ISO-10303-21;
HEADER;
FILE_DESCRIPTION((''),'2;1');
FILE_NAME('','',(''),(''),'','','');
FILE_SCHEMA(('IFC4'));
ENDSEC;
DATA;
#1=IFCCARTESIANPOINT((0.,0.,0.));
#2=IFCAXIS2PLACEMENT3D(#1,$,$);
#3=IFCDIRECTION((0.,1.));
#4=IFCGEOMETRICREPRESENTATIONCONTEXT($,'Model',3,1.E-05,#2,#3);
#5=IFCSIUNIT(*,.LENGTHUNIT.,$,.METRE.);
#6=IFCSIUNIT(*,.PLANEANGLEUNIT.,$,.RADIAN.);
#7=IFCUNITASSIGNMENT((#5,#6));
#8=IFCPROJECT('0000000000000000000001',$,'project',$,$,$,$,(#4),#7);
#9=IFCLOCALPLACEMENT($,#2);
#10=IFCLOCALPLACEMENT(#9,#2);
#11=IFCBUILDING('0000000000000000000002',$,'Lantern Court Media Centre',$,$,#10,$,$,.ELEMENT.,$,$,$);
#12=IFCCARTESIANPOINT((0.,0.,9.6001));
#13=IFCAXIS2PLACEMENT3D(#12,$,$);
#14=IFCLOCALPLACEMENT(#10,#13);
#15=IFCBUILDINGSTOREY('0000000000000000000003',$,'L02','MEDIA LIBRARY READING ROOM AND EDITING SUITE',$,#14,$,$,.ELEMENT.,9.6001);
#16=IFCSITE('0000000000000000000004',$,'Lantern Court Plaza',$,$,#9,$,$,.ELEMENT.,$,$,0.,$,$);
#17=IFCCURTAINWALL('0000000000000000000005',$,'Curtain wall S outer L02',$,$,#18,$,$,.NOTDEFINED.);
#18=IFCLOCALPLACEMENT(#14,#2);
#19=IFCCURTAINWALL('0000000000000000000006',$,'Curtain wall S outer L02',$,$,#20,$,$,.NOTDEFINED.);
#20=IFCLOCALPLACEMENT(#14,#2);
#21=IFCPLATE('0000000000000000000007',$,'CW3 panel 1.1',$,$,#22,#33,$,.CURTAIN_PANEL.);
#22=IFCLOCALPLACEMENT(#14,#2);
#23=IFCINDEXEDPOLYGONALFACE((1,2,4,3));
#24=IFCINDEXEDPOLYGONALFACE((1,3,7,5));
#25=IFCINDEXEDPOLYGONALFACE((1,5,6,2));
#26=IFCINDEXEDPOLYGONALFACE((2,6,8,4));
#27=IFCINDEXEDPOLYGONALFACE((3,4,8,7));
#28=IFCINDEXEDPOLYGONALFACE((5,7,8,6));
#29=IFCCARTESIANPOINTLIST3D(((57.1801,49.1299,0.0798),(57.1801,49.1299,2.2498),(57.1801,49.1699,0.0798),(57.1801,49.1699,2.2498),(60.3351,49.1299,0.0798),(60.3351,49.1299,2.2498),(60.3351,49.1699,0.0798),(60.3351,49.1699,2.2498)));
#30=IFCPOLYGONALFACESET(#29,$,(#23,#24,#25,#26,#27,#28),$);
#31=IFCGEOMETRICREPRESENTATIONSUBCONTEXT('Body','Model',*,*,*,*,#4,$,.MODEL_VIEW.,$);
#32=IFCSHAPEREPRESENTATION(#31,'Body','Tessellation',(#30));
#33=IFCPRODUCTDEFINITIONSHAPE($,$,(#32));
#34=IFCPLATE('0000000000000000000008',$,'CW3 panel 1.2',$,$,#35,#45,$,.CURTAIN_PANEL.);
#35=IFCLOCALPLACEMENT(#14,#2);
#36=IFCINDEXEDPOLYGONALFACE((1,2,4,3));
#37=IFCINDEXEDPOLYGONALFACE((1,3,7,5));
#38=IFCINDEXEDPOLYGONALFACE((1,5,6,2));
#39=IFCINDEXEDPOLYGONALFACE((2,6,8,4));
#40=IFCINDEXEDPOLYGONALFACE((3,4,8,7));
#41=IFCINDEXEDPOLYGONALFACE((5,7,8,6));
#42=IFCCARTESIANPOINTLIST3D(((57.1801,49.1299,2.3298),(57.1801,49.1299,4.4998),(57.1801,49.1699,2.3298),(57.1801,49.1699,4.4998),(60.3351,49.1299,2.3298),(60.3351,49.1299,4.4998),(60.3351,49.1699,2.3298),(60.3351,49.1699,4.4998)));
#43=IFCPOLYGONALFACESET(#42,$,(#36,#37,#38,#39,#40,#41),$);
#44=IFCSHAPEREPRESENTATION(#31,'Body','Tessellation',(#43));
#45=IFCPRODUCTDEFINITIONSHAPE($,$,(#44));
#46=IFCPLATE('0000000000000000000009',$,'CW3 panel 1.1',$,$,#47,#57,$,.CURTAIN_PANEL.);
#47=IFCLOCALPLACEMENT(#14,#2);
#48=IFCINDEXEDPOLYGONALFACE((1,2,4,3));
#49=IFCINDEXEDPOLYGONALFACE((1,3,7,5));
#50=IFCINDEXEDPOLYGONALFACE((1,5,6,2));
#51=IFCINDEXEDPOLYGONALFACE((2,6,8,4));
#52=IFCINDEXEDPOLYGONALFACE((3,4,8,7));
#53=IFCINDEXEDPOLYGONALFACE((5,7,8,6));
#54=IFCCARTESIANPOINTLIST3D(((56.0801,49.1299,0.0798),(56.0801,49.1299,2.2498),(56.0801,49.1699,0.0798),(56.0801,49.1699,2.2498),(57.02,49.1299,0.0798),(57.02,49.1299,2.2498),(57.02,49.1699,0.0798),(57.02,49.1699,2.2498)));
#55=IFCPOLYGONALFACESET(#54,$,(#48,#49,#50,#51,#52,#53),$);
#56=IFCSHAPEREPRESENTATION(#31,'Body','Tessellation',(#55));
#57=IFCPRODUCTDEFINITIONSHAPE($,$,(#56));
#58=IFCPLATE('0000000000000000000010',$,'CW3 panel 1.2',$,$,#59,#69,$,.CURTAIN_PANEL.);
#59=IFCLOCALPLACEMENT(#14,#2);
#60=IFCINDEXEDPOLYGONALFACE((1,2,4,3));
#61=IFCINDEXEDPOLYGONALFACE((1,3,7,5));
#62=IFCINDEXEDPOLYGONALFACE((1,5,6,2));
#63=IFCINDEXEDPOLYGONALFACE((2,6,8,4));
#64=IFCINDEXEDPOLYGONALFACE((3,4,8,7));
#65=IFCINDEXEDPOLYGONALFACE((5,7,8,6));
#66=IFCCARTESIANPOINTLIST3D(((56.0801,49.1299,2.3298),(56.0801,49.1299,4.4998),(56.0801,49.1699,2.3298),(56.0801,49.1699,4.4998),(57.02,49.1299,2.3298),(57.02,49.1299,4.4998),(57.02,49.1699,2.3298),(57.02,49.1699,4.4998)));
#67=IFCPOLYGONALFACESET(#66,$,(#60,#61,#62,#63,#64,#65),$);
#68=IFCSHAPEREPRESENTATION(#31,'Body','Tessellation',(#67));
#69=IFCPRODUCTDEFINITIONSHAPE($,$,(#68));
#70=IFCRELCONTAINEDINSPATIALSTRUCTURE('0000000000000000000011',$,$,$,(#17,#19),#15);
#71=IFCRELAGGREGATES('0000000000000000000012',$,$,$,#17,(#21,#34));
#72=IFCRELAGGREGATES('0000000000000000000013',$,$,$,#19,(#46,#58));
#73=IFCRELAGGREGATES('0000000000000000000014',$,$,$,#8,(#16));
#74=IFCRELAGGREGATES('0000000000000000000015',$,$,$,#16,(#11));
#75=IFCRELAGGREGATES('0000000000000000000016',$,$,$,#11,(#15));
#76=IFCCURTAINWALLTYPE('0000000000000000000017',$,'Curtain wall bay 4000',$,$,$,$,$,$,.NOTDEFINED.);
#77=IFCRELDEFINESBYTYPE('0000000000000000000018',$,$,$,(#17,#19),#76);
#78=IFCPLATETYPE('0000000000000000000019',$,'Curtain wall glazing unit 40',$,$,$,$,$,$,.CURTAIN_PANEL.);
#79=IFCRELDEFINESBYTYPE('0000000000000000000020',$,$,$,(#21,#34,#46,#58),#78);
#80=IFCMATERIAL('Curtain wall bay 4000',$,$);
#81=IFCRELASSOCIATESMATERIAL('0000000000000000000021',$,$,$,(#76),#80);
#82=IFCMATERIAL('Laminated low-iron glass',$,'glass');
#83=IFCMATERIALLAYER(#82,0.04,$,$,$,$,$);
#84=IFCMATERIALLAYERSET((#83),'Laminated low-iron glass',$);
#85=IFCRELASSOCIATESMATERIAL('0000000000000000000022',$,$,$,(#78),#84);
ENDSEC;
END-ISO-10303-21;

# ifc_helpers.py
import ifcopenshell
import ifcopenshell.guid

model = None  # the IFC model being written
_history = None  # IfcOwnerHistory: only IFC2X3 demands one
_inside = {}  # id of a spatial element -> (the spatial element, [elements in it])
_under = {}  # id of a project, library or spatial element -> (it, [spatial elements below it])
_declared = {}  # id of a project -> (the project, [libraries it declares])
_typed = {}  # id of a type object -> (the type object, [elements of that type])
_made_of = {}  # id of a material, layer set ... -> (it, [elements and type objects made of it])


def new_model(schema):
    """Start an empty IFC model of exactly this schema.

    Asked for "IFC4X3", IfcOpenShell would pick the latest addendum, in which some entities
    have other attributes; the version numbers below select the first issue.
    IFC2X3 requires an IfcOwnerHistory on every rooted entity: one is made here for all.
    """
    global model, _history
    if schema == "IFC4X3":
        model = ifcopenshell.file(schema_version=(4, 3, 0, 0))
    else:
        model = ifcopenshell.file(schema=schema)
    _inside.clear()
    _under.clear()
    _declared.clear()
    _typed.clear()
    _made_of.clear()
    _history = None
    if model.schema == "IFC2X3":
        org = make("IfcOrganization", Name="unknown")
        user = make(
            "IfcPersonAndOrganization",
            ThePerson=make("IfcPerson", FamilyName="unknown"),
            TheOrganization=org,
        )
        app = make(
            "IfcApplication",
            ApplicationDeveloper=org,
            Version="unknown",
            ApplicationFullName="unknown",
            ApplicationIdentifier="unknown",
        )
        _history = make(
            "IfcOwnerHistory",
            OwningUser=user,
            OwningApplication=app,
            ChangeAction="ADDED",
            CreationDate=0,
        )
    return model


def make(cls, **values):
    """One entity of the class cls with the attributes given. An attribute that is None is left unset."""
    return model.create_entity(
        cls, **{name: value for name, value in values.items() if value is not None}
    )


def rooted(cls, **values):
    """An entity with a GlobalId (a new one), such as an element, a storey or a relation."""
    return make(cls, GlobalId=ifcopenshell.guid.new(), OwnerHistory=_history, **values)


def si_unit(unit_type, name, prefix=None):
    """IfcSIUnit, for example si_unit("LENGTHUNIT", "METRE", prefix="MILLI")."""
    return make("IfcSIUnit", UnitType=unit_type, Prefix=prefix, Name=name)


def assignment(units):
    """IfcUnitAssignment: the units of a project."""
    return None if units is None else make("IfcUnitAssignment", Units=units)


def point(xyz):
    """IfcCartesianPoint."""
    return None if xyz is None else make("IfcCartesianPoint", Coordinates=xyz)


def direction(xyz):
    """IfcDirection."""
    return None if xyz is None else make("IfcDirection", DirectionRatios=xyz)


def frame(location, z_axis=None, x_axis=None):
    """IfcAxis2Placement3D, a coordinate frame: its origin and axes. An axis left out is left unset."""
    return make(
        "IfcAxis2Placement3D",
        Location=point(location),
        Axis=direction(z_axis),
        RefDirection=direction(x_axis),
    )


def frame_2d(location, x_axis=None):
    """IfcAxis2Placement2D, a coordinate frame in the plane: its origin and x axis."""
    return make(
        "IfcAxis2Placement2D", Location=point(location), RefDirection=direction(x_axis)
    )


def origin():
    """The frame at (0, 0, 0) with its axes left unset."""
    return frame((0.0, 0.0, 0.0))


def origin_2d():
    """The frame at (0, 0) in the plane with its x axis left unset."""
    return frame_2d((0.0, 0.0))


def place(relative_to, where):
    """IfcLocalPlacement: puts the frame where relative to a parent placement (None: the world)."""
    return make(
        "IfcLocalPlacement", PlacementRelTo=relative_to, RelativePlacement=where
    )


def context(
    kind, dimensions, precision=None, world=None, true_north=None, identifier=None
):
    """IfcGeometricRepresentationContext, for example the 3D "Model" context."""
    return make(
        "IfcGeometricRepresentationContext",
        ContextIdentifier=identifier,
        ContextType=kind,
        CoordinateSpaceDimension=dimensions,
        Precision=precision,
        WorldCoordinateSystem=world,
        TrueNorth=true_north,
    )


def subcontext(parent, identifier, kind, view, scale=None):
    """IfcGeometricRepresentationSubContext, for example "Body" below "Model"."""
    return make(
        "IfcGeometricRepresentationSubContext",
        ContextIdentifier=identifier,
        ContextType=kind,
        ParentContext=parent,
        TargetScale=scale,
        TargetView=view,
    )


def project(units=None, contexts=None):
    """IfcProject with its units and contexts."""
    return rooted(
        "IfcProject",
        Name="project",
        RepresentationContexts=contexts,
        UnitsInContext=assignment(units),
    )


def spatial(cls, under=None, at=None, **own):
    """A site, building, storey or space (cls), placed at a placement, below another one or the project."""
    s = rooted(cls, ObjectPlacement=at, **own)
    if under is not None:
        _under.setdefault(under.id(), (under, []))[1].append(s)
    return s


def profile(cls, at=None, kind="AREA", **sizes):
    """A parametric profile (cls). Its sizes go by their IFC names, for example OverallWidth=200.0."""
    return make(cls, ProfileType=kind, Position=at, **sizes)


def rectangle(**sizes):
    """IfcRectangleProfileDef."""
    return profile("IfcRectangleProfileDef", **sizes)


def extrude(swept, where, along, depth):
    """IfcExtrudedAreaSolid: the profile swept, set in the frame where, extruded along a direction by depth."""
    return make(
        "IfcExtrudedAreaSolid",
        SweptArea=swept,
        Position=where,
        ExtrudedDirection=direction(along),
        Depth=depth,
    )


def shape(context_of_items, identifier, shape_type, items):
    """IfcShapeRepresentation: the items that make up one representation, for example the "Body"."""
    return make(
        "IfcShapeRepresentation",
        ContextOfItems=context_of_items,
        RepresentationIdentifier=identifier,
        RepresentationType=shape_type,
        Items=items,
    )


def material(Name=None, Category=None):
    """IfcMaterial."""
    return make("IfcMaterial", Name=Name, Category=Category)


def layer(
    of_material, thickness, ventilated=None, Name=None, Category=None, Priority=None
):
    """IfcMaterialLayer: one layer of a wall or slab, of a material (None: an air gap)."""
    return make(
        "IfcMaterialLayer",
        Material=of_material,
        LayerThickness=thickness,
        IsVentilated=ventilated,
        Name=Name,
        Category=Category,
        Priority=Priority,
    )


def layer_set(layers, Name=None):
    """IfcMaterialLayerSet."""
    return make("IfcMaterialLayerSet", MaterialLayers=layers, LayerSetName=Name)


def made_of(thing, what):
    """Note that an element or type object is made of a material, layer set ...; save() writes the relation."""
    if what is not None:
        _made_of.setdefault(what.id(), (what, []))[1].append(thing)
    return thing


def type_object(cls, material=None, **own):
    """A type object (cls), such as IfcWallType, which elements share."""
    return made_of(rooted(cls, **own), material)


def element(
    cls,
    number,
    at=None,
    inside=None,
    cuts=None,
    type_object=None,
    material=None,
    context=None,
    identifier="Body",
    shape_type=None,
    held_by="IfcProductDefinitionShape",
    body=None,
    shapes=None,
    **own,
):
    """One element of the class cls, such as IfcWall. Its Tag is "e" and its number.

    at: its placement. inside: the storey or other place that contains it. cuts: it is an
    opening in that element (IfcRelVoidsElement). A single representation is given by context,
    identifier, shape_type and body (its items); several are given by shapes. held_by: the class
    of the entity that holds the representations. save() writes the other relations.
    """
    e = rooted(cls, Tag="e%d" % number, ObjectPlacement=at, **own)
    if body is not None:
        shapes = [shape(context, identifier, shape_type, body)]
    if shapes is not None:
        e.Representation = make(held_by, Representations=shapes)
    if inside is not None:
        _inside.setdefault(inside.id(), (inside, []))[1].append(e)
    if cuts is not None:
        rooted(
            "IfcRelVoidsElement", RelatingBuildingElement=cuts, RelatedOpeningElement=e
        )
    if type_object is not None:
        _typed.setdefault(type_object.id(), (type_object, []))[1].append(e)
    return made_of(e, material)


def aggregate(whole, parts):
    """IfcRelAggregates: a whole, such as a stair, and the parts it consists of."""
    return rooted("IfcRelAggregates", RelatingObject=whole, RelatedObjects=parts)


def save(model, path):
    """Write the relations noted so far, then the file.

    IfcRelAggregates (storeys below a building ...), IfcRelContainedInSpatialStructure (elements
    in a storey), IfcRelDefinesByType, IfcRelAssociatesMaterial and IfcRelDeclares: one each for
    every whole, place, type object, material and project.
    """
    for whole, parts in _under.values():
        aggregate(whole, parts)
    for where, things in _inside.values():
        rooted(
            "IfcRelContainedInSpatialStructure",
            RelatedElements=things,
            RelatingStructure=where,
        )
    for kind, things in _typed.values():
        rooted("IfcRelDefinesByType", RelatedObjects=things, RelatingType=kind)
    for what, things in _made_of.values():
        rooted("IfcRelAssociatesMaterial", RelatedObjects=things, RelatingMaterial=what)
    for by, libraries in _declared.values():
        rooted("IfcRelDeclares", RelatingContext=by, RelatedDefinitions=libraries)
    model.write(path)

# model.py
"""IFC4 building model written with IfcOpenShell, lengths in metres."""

from ifc_helpers import new_model, si_unit, direction, frame, origin, origin_2d, place, context, subcontext, project, spatial, rectangle, extrude, material, layer, layer_set, type_object, element, aggregate, save


model = new_model("IFC4")

# Units and contexts
model_context = context("Model", 3, precision=1e-05, world=origin(), true_north=direction((0.0, 1.0)))
body_context = subcontext(model_context, "Body", "Model", "MODEL_VIEW")
ifc_project = project(units=[si_unit("LENGTHUNIT", "METRE"), si_unit("PLANEANGLEUNIT", "RADIAN")], contexts=[model_context])

# Site, building, storey
site_placement = place(None, origin())
site = spatial("IfcSite", under=ifc_project, at=site_placement, Name="Lantern Court Plaza", CompositionType="ELEMENT", RefElevation=0.0)
building_placement = place(site_placement, origin())
building = spatial("IfcBuilding", under=site, at=building_placement, Name="Lantern Court Media Centre", CompositionType="ELEMENT")
storey_placement = place(building_placement, frame((0.0, 0.0, 9.6001)))
storey = spatial("IfcBuildingStorey", under=building, at=storey_placement, Name="L02", Description="MEDIA LIBRARY READING ROOM AND EDITING SUITE", CompositionType="ELEMENT", Elevation=9.6001)

# Curtain wall
ifc_material_1 = material(Name="Curtain wall bay 4000")
curtain_wall_type = type_object("IfcCurtainWallType", Name="Curtain wall bay 4000", PredefinedType="NOTDEFINED", material=ifc_material_1)
curtain_wall_1_placement = place(storey_placement, origin())
curtain_wall_1 = element("IfcCurtainWall", 1, at=curtain_wall_1_placement, inside=storey, type_object=curtain_wall_type, Name="Curtain wall S outer L02", PredefinedType="NOTDEFINED")

# Curtain wall
curtain_wall_2_placement = place(storey_placement, origin())
curtain_wall_2 = element("IfcCurtainWall", 2, at=curtain_wall_2_placement, inside=storey, type_object=curtain_wall_type, Name="Curtain wall S outer L02", PredefinedType="NOTDEFINED")

# Plates
ifc_material_2 = material(Name="Laminated low-iron glass", Category="glass")
ifc_layer = layer(ifc_material_2, 0.04)
ifc_layer_set = layer_set([ifc_layer], Name="Laminated low-iron glass")
plate_type = type_object("IfcPlateType", Name="Curtain wall glazing unit 40", PredefinedType="CURTAIN_PANEL", material=ifc_layer_set)
plate_1_placement = place(storey_placement, frame((58.7576, 49.1499, 0.0798), z_axis=(0.0, 0.0, 1.0), x_axis=(1.0, 0.0, 0.0)))
plate_1 = element("IfcPlate", 3, at=plate_1_placement, type_object=plate_type, Name="CW3 panel 1.1", PredefinedType="CURTAIN_PANEL", context=body_context, shape_type="SweptSolid", body=[
    extrude(rectangle(XDim=3.155, YDim=0.04, at=origin_2d()), origin(), (0.0, 0.0, 1.0), 2.1699),
])
plate_2_placement = place(storey_placement, frame((58.7576, 49.1499, 2.3298), z_axis=(0.0, 0.0, 1.0), x_axis=(1.0, 0.0, 0.0)))
plate_2 = element("IfcPlate", 4, at=plate_2_placement, type_object=plate_type, Name="CW3 panel 1.2", PredefinedType="CURTAIN_PANEL", context=body_context, shape_type="SweptSolid", body=[
    extrude(rectangle(XDim=3.155, YDim=0.04, at=origin_2d()), origin(), (0.0, 0.0, 1.0), 2.1699),
])
aggregate(curtain_wall_1, [plate_1, plate_2])
plate_3_placement = place(storey_placement, frame((56.55, 49.1499, 0.0798), z_axis=(0.0, 0.0, 1.0), x_axis=(1.0, 0.0, 0.0)))
plate_3 = element("IfcPlate", 5, at=plate_3_placement, type_object=plate_type, Name="CW3 panel 1.1", PredefinedType="CURTAIN_PANEL", context=body_context, shape_type="SweptSolid", body=[
    extrude(rectangle(XDim=0.9399, YDim=0.04, at=origin_2d()), origin(), (0.0, 0.0, 1.0), 2.1699),
])
plate_4_placement = place(storey_placement, frame((56.55, 49.1499, 2.3298), z_axis=(0.0, 0.0, 1.0), x_axis=(1.0, 0.0, 0.0)))
plate_4 = element("IfcPlate", 6, at=plate_4_placement, type_object=plate_type, Name="CW3 panel 1.2", PredefinedType="CURTAIN_PANEL", context=body_context, shape_type="SweptSolid", body=[
    extrude(rectangle(XDim=0.9399, YDim=0.04, at=origin_2d()), origin(), (0.0, 0.0, 1.0), 2.1699),
])
aggregate(curtain_wall_2, [plate_3, plate_4])

save(model, "model.ifc")
